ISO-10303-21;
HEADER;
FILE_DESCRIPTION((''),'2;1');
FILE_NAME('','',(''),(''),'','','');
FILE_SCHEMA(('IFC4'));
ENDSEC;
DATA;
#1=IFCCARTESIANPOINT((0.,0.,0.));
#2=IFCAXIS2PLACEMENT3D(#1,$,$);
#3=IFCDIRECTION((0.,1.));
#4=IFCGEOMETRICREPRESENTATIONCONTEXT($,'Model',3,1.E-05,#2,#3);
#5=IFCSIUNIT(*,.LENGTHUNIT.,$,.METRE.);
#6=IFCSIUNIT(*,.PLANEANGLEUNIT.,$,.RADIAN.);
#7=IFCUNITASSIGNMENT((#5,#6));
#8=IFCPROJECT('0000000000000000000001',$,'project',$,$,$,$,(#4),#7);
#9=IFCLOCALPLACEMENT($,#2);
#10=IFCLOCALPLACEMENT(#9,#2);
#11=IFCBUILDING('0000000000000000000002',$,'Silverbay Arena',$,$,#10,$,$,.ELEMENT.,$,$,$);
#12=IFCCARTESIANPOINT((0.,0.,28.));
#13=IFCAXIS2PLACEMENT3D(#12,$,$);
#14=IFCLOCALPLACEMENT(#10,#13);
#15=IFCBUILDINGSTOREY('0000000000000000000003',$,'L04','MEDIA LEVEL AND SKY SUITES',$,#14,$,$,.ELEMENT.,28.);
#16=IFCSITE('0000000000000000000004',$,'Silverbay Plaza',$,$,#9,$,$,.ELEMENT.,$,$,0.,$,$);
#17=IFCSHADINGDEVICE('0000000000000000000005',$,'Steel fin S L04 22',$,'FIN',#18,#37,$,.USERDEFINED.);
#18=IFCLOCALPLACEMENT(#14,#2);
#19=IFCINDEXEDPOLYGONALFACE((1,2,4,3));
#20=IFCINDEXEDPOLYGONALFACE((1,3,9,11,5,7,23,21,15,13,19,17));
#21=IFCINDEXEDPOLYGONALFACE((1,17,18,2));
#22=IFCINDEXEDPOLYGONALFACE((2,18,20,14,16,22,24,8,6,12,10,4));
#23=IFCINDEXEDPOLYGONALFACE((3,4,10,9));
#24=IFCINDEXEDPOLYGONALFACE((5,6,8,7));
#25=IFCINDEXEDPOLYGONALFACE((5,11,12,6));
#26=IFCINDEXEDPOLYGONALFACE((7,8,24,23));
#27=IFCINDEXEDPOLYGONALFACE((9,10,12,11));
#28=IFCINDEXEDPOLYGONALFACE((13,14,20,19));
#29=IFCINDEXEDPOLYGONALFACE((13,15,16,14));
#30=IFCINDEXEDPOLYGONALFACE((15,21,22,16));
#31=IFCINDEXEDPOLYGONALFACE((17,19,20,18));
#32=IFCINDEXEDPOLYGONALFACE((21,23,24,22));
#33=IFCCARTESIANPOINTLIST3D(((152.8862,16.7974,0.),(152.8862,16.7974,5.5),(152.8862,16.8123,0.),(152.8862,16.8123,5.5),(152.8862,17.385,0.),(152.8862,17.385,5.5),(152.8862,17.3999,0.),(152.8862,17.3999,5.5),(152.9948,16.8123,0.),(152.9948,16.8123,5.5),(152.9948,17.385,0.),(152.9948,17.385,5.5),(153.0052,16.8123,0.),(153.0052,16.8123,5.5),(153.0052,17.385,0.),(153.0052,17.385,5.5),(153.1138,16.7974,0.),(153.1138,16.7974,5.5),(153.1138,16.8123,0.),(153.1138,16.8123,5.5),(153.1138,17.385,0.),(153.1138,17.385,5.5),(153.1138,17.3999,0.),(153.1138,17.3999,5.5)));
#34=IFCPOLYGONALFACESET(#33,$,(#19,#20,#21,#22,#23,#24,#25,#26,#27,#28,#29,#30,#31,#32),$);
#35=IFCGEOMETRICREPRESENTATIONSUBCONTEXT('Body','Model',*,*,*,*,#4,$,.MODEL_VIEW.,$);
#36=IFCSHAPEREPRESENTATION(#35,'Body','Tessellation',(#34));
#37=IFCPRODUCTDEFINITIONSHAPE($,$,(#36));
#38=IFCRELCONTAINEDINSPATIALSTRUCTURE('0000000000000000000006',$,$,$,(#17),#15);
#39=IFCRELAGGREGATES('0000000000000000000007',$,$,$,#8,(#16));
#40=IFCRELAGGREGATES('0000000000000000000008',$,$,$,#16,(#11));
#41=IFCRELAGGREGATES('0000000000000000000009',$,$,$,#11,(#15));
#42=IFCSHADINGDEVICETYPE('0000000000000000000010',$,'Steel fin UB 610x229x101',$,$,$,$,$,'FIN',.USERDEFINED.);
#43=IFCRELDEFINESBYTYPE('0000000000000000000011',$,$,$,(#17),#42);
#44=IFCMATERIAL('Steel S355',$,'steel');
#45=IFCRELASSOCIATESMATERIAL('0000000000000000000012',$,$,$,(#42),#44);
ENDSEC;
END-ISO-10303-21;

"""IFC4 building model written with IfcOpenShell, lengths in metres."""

from ifc_helpers import new_model, si_unit, direction, frame, origin, origin_2d, place, context, subcontext, project, spatial, i_section, extrude, material, material_profile, profile_set, type_object, element, save


model = new_model("IFC4")

# Units and contexts
model_context = context("Model", 3, precision=1e-05, world=origin(), true_north=direction((0.0, 1.0)))
body_context = subcontext(model_context, "Body", "Model", "MODEL_VIEW")
ifc_project = project(units=[si_unit("LENGTHUNIT", "METRE"), si_unit("PLANEANGLEUNIT", "RADIAN")], contexts=[model_context])

# Site, building, storey
site_placement = place(None, origin())
site = spatial("IfcSite", under=ifc_project, at=site_placement, Name="Silverbay Plaza", CompositionType="ELEMENT", RefElevation=0.0)
building_placement = place(site_placement, origin())
building = spatial("IfcBuilding", under=site, at=building_placement, Name="Silverbay Arena", CompositionType="ELEMENT")
storey_placement = place(building_placement, frame((0.0, 0.0, 28.0)))
storey = spatial("IfcBuildingStorey", under=building, at=storey_placement, Name="L04", Description="MEDIA LEVEL AND SKY SUITES", CompositionType="ELEMENT", Elevation=28.0)

# Shading device
ifc_material_1 = material(Name="Steel S355", Category="steel")
ifc_material_profile_1 = material_profile(ifc_material_1, i_section(OverallWidth=0.2275, OverallDepth=0.6025, WebThickness=0.0105, FlangeThickness=0.0149, at=origin_2d()), Name="UB 610x229x101")
ifc_profile_set_1 = profile_set([ifc_material_profile_1], Name="Steel S355")
shading_device_type = type_object("IfcShadingDeviceType", Name="Steel fin UB 610x229x101", ElementType="FIN", PredefinedType="USERDEFINED", material=ifc_profile_set_1)
shading_device_placement = place(storey_placement, frame((153.0, 17.0986, 0.0), z_axis=(0.0, 0.0, 1.0), x_axis=(1.0, 0.0, 0.0)))
element("IfcShadingDevice", 1, at=shading_device_placement, inside=storey, type_object=shading_device_type, Name="Steel fin S L04 22", ObjectType="FIN", PredefinedType="USERDEFINED", context=body_context, shape_type="SweptSolid", body=[
    extrude(i_section(OverallWidth=0.2275, OverallDepth=0.6025, WebThickness=0.0105, FlangeThickness=0.0149, at=origin_2d()), origin(), (0.0, 0.0, 1.0), 5.5),
])

save(model, "model.ifc")
